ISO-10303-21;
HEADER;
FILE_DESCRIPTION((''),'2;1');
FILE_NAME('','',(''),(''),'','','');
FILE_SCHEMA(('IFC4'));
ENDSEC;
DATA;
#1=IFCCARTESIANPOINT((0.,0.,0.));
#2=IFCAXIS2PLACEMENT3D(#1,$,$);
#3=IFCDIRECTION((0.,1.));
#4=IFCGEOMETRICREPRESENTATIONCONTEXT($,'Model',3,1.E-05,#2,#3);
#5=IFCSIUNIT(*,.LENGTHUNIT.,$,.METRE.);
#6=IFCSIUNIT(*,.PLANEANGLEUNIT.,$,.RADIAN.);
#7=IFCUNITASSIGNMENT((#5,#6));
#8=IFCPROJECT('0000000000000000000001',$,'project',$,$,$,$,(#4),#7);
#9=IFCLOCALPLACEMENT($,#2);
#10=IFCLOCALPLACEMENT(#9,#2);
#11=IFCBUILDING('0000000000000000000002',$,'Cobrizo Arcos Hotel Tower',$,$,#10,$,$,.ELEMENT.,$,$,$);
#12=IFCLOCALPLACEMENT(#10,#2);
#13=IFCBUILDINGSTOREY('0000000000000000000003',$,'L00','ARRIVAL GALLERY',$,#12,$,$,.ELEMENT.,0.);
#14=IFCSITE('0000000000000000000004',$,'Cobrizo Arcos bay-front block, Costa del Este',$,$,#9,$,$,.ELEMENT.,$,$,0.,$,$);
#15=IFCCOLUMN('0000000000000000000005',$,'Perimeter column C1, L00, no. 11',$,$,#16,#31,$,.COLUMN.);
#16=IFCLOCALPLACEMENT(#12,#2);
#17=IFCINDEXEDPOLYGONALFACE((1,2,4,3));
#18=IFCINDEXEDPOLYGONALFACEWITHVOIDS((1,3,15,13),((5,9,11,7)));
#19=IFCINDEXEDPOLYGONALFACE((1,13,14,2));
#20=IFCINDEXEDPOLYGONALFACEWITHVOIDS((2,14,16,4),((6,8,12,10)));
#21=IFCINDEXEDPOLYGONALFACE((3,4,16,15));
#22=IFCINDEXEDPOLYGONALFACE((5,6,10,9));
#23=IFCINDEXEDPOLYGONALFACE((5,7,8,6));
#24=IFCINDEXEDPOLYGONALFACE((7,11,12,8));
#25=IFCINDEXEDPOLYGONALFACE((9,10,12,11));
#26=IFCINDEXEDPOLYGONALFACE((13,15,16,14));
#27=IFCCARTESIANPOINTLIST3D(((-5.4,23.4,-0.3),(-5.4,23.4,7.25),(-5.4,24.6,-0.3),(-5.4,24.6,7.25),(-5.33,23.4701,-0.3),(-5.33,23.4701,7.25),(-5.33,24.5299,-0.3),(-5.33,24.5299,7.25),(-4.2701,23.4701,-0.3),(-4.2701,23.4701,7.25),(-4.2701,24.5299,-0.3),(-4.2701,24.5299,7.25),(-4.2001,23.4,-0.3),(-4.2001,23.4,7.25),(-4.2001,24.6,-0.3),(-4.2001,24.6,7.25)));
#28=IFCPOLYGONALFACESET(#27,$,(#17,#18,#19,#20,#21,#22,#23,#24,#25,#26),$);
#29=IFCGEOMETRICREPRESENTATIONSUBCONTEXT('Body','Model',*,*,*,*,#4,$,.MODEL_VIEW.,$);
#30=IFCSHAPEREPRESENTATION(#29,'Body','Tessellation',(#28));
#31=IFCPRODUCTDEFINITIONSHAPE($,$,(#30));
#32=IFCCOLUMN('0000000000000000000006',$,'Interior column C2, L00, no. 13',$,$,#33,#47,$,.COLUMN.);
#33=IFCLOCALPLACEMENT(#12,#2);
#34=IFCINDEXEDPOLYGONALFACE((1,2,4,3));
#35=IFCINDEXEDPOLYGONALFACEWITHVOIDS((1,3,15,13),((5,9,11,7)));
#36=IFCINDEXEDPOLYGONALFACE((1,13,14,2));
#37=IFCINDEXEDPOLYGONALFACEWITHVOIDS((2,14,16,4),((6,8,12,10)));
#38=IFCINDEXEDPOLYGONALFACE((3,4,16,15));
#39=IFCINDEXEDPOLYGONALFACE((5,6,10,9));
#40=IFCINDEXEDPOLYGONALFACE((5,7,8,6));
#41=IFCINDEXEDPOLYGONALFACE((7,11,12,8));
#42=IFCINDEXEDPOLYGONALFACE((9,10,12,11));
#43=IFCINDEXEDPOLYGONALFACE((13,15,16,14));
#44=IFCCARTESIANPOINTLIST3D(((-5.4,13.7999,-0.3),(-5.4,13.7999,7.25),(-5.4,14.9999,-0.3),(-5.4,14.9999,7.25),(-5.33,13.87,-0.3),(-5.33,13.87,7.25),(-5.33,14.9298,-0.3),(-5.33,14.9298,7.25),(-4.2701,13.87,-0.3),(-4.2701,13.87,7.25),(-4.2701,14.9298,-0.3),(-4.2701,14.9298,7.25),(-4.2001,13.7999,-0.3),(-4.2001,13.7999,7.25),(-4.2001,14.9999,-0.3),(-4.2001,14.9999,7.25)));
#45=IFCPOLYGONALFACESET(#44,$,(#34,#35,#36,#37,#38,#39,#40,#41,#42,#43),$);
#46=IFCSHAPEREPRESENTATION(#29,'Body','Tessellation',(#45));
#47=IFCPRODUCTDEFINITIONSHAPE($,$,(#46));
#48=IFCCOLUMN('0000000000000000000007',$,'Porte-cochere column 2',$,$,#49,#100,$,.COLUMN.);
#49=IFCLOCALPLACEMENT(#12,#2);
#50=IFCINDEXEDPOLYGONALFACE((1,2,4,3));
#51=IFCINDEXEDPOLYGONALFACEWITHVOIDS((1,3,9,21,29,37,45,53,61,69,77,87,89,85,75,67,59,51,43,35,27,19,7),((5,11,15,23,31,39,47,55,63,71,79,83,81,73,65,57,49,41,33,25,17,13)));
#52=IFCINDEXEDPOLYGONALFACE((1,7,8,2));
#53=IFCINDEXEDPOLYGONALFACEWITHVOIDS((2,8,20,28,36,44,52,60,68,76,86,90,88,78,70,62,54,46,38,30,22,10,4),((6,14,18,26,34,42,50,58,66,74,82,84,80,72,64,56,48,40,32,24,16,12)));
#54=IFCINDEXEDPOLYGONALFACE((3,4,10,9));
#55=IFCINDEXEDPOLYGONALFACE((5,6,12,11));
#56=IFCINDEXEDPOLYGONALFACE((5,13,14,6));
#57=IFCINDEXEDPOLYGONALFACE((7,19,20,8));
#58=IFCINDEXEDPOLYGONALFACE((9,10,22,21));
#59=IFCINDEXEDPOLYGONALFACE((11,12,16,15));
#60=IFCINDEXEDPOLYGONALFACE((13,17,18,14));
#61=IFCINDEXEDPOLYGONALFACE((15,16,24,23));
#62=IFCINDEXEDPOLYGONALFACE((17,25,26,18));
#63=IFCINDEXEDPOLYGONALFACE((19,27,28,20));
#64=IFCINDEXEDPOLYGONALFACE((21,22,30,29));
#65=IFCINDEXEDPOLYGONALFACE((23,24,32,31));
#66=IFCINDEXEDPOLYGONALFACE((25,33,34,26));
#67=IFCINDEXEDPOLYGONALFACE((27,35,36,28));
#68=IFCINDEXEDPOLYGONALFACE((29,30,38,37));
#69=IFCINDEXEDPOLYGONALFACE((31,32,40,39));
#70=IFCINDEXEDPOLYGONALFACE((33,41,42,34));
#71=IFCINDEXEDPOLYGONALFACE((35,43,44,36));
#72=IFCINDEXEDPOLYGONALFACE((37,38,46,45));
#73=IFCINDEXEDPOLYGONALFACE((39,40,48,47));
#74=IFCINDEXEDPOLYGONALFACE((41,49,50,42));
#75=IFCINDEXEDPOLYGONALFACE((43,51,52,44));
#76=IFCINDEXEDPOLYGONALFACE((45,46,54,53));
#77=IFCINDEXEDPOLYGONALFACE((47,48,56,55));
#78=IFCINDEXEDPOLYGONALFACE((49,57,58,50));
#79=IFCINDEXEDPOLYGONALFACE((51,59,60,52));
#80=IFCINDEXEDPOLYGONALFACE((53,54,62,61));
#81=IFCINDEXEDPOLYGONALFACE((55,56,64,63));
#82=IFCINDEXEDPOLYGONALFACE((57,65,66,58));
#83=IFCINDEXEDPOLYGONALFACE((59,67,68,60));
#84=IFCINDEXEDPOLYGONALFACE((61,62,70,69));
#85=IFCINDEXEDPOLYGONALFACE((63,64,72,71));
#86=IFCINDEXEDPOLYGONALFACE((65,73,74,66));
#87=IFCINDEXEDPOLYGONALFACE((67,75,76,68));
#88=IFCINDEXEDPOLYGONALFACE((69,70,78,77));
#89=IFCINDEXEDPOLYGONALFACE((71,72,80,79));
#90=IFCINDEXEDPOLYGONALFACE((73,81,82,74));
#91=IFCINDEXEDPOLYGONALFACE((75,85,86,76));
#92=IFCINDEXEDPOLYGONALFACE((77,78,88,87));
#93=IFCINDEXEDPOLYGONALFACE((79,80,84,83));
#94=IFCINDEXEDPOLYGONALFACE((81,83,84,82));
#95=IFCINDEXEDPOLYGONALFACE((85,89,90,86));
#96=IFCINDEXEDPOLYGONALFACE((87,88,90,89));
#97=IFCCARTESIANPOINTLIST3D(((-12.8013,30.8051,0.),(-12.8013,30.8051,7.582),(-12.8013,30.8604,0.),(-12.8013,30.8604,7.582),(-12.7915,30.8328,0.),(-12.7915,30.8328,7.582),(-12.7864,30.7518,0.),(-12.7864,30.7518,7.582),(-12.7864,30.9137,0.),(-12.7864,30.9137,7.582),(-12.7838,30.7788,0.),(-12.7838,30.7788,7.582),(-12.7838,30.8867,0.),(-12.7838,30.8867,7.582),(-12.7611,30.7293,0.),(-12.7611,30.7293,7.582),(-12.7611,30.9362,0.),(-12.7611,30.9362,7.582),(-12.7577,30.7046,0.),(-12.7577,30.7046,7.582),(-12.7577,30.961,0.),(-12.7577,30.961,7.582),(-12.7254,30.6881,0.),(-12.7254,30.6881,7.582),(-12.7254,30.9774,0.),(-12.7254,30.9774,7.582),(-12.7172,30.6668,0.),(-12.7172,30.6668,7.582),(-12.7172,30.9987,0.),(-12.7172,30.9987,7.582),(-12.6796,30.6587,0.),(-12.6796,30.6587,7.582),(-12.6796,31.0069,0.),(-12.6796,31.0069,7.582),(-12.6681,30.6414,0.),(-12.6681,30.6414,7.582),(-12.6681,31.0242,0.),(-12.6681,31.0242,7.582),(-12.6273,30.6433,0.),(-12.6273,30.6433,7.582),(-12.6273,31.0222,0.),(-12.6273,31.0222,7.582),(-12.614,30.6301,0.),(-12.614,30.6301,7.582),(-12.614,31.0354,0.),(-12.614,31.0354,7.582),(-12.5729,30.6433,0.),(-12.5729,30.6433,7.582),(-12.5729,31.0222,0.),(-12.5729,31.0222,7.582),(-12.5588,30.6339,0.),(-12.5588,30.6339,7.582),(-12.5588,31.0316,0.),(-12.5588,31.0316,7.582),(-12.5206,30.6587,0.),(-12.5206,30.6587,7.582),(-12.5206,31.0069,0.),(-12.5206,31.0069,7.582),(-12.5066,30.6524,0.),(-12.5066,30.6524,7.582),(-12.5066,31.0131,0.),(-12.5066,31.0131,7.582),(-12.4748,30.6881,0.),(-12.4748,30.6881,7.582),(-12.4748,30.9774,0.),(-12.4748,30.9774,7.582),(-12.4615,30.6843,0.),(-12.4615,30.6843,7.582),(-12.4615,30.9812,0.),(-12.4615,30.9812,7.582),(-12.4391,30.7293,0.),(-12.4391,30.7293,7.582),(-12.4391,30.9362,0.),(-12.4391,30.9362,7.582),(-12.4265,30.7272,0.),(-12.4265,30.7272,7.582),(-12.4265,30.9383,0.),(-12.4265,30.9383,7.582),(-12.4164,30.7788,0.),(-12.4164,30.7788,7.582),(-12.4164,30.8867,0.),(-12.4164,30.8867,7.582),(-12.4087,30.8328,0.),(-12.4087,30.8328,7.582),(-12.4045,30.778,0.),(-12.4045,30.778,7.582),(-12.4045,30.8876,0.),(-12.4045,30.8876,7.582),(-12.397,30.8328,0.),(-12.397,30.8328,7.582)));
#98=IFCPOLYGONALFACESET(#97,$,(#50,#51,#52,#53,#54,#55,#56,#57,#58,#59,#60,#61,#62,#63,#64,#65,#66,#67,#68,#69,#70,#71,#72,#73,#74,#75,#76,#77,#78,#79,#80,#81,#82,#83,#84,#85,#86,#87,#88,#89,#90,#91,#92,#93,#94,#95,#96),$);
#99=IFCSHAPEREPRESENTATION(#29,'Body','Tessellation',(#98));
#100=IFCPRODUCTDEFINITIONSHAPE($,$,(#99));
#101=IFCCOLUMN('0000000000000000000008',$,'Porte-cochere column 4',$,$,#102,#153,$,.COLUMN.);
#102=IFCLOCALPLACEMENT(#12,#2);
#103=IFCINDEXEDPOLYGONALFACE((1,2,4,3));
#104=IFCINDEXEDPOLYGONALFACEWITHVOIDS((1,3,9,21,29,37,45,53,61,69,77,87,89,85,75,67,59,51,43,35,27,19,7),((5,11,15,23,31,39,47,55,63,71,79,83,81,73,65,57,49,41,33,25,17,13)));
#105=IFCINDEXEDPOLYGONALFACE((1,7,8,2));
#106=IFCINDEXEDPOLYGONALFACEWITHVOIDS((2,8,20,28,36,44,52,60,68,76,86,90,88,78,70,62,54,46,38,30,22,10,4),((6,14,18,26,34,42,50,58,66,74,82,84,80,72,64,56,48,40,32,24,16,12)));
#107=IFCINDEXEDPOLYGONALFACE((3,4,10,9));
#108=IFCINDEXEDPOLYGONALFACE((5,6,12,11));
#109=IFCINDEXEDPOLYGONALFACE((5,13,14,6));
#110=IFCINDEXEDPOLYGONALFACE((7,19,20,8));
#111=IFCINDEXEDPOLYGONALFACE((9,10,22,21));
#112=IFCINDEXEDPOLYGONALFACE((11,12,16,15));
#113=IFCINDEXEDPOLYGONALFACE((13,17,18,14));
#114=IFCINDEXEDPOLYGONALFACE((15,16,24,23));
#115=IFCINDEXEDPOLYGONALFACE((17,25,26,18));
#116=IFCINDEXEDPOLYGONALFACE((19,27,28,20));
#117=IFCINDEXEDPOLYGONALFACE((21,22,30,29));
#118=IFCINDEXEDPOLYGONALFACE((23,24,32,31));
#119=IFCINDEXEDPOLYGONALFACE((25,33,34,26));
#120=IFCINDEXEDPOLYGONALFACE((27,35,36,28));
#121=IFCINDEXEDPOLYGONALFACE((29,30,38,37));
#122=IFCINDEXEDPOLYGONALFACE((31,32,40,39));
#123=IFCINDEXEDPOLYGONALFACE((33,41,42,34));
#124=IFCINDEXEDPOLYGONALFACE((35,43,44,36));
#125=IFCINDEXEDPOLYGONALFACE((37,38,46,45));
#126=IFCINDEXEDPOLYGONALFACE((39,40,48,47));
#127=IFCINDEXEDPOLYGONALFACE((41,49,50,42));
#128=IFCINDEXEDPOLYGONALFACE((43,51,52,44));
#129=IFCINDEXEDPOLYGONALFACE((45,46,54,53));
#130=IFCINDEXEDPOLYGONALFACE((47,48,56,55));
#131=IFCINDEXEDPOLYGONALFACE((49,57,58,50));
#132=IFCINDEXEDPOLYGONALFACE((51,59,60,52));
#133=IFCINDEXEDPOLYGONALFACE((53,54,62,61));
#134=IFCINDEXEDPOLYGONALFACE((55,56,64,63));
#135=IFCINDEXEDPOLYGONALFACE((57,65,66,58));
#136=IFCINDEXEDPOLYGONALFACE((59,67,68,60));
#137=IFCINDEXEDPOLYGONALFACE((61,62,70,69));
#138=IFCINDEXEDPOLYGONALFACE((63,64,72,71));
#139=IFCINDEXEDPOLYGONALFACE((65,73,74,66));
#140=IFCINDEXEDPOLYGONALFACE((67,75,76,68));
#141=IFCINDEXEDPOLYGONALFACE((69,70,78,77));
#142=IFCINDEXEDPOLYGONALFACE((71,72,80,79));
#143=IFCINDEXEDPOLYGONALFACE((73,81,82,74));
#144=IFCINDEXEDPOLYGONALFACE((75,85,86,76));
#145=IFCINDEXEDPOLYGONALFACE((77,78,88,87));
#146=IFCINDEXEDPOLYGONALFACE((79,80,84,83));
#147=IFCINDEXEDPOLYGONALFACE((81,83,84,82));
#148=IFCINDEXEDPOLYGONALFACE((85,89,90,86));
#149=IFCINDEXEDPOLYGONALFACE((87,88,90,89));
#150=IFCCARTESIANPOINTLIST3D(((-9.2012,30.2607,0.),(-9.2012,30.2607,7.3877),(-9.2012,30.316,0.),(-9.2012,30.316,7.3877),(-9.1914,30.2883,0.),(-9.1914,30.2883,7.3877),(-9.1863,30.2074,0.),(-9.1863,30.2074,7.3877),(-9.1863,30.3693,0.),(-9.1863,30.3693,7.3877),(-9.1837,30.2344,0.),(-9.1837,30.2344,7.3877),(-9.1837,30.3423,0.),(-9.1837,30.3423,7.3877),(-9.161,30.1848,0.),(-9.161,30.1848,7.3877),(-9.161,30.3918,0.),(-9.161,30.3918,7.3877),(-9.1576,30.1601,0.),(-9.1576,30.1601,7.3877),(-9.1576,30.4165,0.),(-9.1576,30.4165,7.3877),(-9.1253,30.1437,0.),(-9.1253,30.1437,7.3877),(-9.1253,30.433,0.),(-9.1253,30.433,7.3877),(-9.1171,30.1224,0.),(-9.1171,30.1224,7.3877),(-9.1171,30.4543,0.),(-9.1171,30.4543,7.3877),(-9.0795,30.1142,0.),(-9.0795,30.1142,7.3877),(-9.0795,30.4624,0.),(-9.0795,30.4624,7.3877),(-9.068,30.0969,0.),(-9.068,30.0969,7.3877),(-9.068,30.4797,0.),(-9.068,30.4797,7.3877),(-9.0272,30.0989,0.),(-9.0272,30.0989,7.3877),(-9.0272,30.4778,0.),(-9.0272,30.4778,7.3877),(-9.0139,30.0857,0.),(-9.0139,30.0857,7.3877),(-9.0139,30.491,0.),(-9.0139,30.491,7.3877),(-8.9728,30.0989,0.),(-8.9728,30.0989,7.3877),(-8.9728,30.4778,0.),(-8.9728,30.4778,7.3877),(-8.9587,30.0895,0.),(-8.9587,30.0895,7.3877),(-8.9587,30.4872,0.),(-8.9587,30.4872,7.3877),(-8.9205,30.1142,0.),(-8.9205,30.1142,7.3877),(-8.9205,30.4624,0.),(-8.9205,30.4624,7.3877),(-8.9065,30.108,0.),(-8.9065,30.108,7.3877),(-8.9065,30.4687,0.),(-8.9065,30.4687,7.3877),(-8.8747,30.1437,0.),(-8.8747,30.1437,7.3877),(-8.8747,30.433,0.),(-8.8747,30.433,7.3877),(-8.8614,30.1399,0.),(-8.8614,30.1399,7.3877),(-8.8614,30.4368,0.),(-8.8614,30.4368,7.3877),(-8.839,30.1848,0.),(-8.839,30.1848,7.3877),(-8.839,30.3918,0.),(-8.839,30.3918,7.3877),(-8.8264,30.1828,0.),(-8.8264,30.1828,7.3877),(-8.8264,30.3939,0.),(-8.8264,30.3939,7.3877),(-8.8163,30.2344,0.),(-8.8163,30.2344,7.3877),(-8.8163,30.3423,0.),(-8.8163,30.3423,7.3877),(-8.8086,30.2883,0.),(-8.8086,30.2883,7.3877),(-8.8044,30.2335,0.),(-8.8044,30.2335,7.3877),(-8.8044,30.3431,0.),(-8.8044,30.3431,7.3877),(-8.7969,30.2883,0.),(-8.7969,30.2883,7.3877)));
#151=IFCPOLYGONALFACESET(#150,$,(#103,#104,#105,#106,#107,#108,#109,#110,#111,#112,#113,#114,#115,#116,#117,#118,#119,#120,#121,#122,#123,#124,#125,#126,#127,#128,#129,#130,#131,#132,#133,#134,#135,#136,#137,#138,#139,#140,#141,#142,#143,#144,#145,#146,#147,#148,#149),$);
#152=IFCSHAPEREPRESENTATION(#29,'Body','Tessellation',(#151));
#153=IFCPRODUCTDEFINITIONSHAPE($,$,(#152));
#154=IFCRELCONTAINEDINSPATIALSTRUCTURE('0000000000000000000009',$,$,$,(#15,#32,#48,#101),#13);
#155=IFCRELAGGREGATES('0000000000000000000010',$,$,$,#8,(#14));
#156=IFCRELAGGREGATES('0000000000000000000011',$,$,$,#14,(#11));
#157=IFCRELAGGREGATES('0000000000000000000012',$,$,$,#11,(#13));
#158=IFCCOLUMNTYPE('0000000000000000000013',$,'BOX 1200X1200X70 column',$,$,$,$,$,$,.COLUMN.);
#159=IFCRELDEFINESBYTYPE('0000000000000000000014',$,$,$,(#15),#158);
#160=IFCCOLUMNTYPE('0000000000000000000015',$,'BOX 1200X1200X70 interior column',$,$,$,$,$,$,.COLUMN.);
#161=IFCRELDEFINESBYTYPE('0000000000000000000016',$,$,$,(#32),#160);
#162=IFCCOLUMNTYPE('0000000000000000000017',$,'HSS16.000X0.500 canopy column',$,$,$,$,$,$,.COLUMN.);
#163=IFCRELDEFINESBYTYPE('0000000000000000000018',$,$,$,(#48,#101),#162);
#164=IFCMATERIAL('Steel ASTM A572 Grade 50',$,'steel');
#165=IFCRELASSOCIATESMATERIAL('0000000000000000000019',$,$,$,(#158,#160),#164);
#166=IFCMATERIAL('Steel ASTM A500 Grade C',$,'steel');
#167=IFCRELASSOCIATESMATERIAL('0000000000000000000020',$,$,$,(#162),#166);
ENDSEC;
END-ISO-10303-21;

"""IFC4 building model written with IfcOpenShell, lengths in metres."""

from ifc_helpers import new_model, si_unit, direction, frame, origin, origin_2d, place, context, subcontext, project, spatial, hollow_rectangle, hollow_circle, extrude, material, material_profile, profile_set, type_object, element, save


model = new_model("IFC4")

# Units and contexts
model_context = context("Model", 3, precision=1e-05, world=origin(), true_north=direction((0.0, 1.0)))
body_context = subcontext(model_context, "Body", "Model", "MODEL_VIEW")
ifc_project = project(units=[si_unit("LENGTHUNIT", "METRE"), si_unit("PLANEANGLEUNIT", "RADIAN")], contexts=[model_context])

# Site, building, storey
site_placement = place(None, origin())
site = spatial("IfcSite", under=ifc_project, at=site_placement, Name="Cobrizo Arcos bay-front block, Costa del Este", CompositionType="ELEMENT", RefElevation=0.0)
building_placement = place(site_placement, origin())
building = spatial("IfcBuilding", under=site, at=building_placement, Name="Cobrizo Arcos Hotel Tower", CompositionType="ELEMENT")
storey_placement = place(building_placement, origin())
storey = spatial("IfcBuildingStorey", under=building, at=storey_placement, Name="L00", Description="ARRIVAL GALLERY", CompositionType="ELEMENT", Elevation=0.0)

# Columns
ifc_material_1 = material(Name="Steel ASTM A572 Grade 50", Category="steel")
ifc_material_profile_1 = material_profile(ifc_material_1, hollow_rectangle(XDim=1.2, YDim=1.2, WallThickness=0.0701, at=origin_2d()), Name="BOX 1200X1200X70")
ifc_profile_set_1 = profile_set([ifc_material_profile_1], Name="Steel ASTM A572 Grade 50")
column_type_1 = type_object("IfcColumnType", Name="BOX 1200X1200X70 column", PredefinedType="COLUMN", material=ifc_profile_set_1)
column_1_placement = place(storey_placement, frame((-4.8, 24.0, -0.3), z_axis=(0.0, 0.0, 1.0), x_axis=(1.0, 0.0, 0.0)))
element("IfcColumn", 1, at=column_1_placement, inside=storey, type_object=column_type_1, Name="Perimeter column C1, L00, no. 11", PredefinedType="COLUMN", context=body_context, shape_type="SweptSolid", body=[
    extrude(hollow_rectangle(XDim=1.2, YDim=1.2, WallThickness=0.0701, at=origin_2d()), origin(), (0.0, 0.0, 1.0), 7.55),
])
ifc_material_profile_2 = material_profile(ifc_material_1, hollow_rectangle(XDim=1.2, YDim=1.2, WallThickness=0.0701, at=origin_2d()), Name="BOX 1200X1200X70")
ifc_profile_set_2 = profile_set([ifc_material_profile_2], Name="Steel ASTM A572 Grade 50")
column_type_2 = type_object("IfcColumnType", Name="BOX 1200X1200X70 interior column", PredefinedType="COLUMN", material=ifc_profile_set_2)
column_2_placement = place(storey_placement, frame((-4.8, 14.3999, -0.3), z_axis=(0.0, 0.0, 1.0), x_axis=(1.0, 0.0, 0.0)))
element("IfcColumn", 2, at=column_2_placement, inside=storey, type_object=column_type_2, Name="Interior column C2, L00, no. 13", PredefinedType="COLUMN", context=body_context, shape_type="SweptSolid", body=[
    extrude(hollow_rectangle(XDim=1.2, YDim=1.2, WallThickness=0.0701, at=origin_2d()), origin(), (0.0, 0.0, 1.0), 7.55),
])
ifc_material_2 = material(Name="Steel ASTM A500 Grade C", Category="steel")
ifc_material_profile_3 = material_profile(ifc_material_2, hollow_circle(Radius=0.2031, WallThickness=0.0117, at=origin_2d()), Name="HSS16.000X0.500")
ifc_profile_set_3 = profile_set([ifc_material_profile_3], Name="Steel ASTM A500 Grade C")
column_type_3 = type_object("IfcColumnType", Name="HSS16.000X0.500 canopy column", PredefinedType="COLUMN", material=ifc_profile_set_3)
column_3_placement = place(storey_placement, frame((-12.6001, 30.8328, 0.0), z_axis=(0.0, 0.0, 1.0), x_axis=(1.0, 0.0, 0.0)))
element("IfcColumn", 3, at=column_3_placement, inside=storey, type_object=column_type_3, Name="Porte-cochere column 2", PredefinedType="COLUMN", context=body_context, shape_type="SweptSolid", body=[
    extrude(hollow_circle(Radius=0.2031, WallThickness=0.0117, at=origin_2d()), origin(), (0.0, 0.0, 1.0), 7.582),
])
column_4_placement = place(storey_placement, frame((-9.0, 30.2883, 0.0), z_axis=(0.0, 0.0, 1.0), x_axis=(1.0, 0.0, 0.0)))
element("IfcColumn", 4, at=column_4_placement, inside=storey, type_object=column_type_3, Name="Porte-cochere column 4", PredefinedType="COLUMN", context=body_context, shape_type="SweptSolid", body=[
    extrude(hollow_circle(Radius=0.2031, WallThickness=0.0117, at=origin_2d()), origin(), (0.0, 0.0, 1.0), 7.3877),
])

save(model, "model.ifc")
